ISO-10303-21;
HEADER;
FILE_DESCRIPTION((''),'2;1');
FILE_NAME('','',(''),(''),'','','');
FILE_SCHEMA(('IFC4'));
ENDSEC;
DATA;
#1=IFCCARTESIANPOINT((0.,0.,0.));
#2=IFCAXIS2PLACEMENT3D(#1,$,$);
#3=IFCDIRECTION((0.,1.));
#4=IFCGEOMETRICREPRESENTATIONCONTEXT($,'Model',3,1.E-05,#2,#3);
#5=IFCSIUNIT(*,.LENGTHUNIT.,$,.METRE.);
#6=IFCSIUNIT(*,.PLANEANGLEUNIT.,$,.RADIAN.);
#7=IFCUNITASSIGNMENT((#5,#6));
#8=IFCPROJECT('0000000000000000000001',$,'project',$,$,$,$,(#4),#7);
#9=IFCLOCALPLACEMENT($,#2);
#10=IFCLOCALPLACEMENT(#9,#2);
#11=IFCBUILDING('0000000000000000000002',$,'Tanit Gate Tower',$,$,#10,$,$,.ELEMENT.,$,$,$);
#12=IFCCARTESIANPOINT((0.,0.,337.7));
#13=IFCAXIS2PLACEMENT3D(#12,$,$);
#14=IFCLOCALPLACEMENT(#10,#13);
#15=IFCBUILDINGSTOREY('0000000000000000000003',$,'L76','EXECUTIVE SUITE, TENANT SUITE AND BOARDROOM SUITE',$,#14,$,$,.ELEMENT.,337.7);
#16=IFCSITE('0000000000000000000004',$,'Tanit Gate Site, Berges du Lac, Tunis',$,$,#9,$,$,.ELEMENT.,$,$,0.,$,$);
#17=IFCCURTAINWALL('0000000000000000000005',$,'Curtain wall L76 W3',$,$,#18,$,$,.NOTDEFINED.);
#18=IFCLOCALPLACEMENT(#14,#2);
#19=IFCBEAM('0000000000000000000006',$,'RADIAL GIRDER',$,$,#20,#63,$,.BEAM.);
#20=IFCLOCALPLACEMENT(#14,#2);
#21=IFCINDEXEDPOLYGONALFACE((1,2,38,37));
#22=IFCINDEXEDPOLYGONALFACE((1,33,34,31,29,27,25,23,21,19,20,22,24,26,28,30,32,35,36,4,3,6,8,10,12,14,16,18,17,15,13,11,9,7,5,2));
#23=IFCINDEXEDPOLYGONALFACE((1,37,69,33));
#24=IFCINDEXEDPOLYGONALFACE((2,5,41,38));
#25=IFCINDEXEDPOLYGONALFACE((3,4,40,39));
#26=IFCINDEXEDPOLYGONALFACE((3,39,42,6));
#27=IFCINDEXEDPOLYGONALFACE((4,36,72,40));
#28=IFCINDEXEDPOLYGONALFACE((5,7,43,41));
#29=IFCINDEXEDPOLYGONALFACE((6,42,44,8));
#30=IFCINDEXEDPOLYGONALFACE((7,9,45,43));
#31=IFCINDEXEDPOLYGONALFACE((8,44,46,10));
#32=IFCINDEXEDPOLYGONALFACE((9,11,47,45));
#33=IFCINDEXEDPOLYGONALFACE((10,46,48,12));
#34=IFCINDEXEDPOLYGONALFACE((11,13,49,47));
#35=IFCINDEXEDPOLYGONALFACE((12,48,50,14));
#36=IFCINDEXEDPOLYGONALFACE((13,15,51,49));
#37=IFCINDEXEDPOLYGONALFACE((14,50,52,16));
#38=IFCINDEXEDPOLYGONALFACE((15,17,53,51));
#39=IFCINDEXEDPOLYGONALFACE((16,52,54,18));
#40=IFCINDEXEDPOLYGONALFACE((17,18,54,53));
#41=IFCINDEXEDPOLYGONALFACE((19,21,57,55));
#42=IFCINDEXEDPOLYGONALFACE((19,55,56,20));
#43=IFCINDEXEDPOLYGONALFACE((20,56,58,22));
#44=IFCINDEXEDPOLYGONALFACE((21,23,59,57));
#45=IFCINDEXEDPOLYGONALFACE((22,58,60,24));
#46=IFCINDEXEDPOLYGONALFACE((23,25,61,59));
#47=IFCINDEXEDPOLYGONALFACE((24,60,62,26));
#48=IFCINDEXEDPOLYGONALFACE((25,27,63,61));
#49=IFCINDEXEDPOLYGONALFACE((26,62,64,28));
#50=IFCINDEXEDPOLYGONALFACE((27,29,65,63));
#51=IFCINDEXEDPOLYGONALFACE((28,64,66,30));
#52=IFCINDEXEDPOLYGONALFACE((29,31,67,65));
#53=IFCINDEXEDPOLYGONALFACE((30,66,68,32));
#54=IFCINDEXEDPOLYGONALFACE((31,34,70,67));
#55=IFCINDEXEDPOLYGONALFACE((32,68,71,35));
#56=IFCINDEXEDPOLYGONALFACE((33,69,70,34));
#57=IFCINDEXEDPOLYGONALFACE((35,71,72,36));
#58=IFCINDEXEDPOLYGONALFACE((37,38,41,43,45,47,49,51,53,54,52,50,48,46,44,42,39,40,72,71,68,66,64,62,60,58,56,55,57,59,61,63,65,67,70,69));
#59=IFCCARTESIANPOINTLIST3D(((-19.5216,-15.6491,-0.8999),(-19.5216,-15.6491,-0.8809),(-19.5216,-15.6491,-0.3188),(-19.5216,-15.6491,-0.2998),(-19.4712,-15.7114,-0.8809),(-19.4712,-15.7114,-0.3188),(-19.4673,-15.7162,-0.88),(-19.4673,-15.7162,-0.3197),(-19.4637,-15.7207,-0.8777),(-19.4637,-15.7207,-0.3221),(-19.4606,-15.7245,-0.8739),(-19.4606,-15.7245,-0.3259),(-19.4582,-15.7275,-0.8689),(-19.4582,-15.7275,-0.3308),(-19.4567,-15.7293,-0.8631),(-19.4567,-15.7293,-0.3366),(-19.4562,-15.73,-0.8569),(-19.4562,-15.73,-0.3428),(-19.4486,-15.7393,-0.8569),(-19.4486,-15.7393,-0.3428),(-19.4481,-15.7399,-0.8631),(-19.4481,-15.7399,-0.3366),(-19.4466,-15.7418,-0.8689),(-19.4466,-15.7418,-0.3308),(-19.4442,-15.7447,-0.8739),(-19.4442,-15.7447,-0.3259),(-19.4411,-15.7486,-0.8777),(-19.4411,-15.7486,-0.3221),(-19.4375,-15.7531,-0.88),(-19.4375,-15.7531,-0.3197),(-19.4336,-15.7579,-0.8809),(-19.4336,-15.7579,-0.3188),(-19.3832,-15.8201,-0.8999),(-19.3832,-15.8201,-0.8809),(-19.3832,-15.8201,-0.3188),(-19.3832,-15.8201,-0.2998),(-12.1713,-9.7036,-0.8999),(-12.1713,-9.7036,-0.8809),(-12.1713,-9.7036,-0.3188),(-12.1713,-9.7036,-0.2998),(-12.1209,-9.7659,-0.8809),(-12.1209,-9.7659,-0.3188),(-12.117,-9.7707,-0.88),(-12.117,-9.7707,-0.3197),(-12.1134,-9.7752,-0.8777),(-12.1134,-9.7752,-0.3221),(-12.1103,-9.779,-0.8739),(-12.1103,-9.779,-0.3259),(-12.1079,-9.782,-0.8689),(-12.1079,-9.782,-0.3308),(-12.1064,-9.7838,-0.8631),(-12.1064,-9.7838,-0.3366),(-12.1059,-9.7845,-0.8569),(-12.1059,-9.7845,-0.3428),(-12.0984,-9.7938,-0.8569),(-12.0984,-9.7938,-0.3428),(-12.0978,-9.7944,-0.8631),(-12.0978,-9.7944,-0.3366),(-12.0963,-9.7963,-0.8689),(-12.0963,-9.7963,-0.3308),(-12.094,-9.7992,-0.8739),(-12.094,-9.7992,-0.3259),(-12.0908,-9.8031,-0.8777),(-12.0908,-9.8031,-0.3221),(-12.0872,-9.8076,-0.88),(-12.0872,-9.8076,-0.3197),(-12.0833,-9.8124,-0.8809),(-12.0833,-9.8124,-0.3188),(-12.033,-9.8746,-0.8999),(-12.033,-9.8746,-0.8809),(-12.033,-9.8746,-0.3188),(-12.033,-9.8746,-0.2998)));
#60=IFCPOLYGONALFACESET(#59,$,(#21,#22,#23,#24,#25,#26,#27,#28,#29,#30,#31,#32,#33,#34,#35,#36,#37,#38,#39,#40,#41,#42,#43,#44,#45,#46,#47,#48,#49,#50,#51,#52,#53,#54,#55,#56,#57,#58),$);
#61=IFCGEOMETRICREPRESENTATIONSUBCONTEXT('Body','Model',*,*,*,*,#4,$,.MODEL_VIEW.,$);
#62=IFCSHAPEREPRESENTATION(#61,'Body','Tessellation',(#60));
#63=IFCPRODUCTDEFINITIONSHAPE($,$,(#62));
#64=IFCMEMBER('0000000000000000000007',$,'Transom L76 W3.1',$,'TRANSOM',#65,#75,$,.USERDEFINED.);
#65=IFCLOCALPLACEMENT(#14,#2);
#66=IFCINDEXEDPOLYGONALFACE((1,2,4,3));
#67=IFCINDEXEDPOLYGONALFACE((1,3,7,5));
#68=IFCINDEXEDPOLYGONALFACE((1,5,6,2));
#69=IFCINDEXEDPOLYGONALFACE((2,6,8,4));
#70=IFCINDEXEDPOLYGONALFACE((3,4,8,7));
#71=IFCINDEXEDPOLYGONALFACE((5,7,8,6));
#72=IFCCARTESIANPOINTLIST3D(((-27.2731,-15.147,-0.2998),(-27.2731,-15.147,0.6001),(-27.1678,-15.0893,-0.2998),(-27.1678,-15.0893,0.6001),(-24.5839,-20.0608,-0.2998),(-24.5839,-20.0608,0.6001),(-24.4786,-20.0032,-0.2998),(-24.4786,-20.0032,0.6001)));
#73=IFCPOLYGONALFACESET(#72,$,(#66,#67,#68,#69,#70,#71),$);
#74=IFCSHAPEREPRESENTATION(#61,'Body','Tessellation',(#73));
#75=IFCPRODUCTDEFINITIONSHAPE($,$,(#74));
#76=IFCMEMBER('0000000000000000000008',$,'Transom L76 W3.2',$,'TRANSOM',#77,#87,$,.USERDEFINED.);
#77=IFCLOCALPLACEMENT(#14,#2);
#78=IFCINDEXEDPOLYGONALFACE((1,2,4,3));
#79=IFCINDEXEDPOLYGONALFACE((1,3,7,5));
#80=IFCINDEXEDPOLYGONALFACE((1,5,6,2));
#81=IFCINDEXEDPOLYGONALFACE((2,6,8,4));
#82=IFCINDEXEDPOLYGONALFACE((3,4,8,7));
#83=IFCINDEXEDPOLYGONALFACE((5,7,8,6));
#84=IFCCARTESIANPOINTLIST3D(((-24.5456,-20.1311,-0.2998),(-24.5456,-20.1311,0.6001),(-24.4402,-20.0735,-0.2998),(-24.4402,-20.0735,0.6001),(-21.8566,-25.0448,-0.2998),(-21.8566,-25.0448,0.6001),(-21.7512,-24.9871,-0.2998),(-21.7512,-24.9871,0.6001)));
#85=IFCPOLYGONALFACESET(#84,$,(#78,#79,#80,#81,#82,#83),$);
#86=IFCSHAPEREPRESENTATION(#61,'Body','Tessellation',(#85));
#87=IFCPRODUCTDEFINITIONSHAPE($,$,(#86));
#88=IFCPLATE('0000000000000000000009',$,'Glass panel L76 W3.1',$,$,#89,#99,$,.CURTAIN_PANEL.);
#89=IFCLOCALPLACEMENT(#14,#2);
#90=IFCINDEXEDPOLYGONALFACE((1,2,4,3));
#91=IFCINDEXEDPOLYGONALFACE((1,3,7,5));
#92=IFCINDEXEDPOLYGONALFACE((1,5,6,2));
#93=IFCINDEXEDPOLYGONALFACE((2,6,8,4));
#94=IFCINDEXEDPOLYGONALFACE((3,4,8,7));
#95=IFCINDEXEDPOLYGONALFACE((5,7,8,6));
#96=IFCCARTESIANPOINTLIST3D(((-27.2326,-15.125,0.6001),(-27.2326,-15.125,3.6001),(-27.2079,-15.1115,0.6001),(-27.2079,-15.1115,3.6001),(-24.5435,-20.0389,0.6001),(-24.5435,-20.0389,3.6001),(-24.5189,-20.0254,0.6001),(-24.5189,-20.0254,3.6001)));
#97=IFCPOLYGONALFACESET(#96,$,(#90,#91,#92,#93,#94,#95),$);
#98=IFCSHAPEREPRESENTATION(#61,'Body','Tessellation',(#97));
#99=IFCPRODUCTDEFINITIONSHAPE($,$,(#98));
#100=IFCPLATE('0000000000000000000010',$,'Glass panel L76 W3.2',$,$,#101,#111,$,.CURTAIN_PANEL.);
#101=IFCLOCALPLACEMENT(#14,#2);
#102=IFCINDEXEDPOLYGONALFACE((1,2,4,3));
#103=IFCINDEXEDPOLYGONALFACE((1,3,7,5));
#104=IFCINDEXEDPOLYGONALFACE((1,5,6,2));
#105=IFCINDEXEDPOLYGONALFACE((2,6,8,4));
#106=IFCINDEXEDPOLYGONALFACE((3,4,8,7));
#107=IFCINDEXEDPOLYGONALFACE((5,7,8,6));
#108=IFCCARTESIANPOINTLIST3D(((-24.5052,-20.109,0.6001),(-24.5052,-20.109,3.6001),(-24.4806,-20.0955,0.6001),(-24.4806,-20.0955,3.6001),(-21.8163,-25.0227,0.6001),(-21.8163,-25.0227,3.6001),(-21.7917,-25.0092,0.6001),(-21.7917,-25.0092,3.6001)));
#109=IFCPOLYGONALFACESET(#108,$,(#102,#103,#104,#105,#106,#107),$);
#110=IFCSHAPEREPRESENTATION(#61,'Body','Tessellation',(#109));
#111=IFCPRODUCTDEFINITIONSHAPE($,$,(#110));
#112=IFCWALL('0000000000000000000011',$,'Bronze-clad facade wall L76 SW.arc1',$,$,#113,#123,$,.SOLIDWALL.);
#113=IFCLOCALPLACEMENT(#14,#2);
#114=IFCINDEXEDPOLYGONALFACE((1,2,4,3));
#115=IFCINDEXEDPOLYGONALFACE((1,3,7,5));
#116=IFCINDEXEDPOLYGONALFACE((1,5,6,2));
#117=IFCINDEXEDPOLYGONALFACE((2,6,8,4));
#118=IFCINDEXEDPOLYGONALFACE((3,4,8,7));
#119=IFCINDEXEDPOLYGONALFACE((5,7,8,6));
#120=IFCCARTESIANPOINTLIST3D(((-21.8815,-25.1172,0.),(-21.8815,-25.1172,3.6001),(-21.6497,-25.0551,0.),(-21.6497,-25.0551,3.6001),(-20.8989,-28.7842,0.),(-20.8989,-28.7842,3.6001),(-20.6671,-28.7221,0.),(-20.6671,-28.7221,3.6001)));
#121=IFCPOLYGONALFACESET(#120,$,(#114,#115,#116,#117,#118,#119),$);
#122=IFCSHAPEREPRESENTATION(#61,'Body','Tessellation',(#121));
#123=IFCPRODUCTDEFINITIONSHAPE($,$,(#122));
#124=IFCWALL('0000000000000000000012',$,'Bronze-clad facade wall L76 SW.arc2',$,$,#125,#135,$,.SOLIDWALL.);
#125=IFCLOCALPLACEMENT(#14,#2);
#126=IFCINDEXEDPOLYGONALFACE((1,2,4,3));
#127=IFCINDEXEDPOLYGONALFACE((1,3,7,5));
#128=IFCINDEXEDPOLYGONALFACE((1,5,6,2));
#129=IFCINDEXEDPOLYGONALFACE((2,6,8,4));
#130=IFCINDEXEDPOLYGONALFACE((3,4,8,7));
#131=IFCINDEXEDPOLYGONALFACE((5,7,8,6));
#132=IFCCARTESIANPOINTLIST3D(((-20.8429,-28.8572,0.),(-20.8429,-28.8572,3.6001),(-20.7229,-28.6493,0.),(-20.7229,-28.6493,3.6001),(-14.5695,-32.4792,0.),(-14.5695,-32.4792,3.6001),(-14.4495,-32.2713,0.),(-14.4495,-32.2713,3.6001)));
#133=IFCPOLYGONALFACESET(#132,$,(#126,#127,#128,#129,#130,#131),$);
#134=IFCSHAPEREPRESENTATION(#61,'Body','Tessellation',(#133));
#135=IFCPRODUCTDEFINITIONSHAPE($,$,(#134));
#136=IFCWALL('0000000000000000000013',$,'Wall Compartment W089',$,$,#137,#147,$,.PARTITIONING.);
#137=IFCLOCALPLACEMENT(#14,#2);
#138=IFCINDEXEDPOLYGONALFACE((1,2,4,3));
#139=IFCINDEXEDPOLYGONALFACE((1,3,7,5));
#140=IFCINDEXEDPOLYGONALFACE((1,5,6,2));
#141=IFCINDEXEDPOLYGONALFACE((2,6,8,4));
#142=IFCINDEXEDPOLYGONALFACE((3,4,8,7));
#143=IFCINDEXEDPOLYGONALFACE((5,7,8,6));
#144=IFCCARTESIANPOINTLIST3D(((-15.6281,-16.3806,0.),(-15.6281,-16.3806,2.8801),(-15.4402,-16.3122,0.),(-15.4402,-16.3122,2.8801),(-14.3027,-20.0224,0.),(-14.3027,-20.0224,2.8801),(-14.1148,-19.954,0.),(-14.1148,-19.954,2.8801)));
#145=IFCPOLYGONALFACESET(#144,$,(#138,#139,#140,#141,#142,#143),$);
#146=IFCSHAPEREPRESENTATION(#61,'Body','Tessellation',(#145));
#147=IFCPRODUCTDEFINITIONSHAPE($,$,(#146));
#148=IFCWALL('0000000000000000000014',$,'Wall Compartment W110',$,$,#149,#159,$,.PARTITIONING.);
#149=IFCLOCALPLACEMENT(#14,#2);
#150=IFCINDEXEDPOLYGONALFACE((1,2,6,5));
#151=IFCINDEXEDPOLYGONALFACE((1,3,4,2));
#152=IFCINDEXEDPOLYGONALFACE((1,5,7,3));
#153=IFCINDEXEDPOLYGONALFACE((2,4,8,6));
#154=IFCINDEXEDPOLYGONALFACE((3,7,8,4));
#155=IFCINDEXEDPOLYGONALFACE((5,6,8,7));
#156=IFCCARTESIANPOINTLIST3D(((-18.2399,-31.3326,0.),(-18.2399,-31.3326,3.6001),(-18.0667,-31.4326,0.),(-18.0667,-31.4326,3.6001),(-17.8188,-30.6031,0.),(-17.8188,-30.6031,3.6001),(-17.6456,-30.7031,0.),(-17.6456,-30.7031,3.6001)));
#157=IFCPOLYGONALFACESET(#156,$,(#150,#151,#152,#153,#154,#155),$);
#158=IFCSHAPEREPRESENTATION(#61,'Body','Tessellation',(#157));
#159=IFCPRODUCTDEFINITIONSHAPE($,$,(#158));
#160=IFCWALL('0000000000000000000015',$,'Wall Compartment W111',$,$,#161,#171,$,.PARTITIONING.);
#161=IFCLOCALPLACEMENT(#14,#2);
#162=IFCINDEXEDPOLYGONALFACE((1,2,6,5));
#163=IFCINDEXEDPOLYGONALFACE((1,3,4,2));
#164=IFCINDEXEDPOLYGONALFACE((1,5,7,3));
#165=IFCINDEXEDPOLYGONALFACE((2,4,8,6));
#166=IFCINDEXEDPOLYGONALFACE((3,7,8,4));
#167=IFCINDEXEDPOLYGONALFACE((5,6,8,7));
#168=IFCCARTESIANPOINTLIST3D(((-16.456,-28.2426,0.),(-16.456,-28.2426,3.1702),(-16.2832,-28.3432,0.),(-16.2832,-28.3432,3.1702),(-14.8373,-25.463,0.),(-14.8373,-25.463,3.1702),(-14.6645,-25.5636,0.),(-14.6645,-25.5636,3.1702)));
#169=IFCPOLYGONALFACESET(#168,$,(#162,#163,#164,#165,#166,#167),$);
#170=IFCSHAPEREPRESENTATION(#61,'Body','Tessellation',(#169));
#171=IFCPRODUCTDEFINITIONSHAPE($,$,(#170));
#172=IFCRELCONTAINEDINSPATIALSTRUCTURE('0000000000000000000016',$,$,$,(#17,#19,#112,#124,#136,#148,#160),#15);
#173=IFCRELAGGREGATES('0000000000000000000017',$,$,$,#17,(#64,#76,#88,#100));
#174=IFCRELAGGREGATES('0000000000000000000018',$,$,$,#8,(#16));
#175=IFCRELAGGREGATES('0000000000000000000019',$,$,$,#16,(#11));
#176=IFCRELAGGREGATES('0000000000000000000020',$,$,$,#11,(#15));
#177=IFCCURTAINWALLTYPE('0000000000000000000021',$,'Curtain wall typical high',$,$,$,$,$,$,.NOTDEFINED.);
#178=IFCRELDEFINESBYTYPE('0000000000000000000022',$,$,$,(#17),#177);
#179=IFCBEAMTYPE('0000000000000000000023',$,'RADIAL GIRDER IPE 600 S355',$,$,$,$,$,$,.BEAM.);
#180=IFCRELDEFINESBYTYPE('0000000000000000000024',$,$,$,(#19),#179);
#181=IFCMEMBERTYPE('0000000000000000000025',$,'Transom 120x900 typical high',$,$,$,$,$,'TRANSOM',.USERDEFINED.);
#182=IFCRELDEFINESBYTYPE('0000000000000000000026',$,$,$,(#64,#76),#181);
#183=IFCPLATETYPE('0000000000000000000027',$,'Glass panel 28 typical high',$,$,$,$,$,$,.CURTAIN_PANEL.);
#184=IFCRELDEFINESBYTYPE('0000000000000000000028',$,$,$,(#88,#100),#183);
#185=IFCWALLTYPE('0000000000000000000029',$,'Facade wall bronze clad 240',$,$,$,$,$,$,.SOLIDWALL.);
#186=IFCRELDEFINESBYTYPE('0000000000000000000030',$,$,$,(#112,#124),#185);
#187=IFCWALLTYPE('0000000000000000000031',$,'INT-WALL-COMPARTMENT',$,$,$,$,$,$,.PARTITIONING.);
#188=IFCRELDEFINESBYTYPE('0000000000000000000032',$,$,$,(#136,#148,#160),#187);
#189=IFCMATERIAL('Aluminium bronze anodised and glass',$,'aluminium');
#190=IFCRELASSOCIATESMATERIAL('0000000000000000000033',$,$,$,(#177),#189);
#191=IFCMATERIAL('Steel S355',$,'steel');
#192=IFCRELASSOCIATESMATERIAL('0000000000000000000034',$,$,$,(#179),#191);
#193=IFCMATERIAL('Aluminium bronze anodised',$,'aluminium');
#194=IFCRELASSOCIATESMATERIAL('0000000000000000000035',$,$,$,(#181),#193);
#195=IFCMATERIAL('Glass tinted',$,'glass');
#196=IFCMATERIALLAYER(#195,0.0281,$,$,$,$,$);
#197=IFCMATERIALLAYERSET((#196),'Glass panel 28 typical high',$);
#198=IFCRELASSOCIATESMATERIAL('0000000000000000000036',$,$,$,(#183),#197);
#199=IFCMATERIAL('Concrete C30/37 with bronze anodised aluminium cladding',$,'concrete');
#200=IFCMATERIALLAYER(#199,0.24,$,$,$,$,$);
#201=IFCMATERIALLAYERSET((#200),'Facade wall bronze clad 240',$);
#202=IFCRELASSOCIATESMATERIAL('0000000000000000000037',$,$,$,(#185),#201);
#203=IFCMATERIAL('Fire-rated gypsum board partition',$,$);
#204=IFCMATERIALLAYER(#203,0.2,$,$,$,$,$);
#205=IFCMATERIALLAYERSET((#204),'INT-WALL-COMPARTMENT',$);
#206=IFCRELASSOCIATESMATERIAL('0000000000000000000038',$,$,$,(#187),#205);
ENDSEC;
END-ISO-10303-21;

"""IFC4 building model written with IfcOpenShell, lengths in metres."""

from ifc_helpers import new_model, si_unit, direction, frame, frame_2d, origin, origin_2d, place, context, subcontext, project, spatial, rectangle, i_section, extrude, material, layer, layer_set, material_profile, profile_set, type_object, element, aggregate, save


model = new_model("IFC4")

# Units and contexts
model_context = context("Model", 3, precision=1e-05, world=origin(), true_north=direction((0.0, 1.0)))
body_context = subcontext(model_context, "Body", "Model", "MODEL_VIEW")
ifc_project = project(units=[si_unit("LENGTHUNIT", "METRE"), si_unit("PLANEANGLEUNIT", "RADIAN")], contexts=[model_context])

# Site, building, storey
site_placement = place(None, origin())
site = spatial("IfcSite", under=ifc_project, at=site_placement, Name="Tanit Gate Site, Berges du Lac, Tunis", CompositionType="ELEMENT", RefElevation=0.0)
building_placement = place(site_placement, origin())
building = spatial("IfcBuilding", under=site, at=building_placement, Name="Tanit Gate Tower", CompositionType="ELEMENT")
storey_placement = place(building_placement, frame((0.0, 0.0, 337.7)))
storey = spatial("IfcBuildingStorey", under=building, at=storey_placement, Name="L76", Description="EXECUTIVE SUITE, TENANT SUITE AND BOARDROOM SUITE", CompositionType="ELEMENT", Elevation=337.7)

# Curtain wall
ifc_material_1 = material(Name="Aluminium bronze anodised and glass", Category="aluminium")
curtain_wall_type = type_object("IfcCurtainWallType", Name="Curtain wall typical high", PredefinedType="NOTDEFINED", material=ifc_material_1)
curtain_wall_placement = place(storey_placement, origin())
curtain_wall = element("IfcCurtainWall", 1, at=curtain_wall_placement, inside=storey, type_object=curtain_wall_type, Name="Curtain wall L76 W3", PredefinedType="NOTDEFINED")

# Beam
ifc_material_2 = material(Name="Steel S355", Category="steel")
ifc_material_profile_1 = material_profile(ifc_material_2, i_section(OverallWidth=0.22, OverallDepth=0.6001, WebThickness=0.012, FlangeThickness=0.019, FilletRadius=0.0239, at=origin_2d()), Name="IPE 600")
ifc_profile_set_1 = profile_set([ifc_material_profile_1], Name="Steel S355")
beam_type_1 = type_object("IfcBeamType", Name="RADIAL GIRDER IPE 600 S355", PredefinedType="BEAM", material=ifc_profile_set_1)
beam_1_placement = place(storey_placement, frame((-19.4524, -15.7346, -0.5999), z_axis=(0.777489, 0.628897, 0.0), x_axis=(-0.628897, 0.777489, 0.0)))
element("IfcBeam", 2, at=beam_1_placement, inside=storey, type_object=beam_type_1, Name="RADIAL GIRDER", PredefinedType="BEAM", context=body_context, shape_type="SweptSolid", body=[
    extrude(i_section(OverallWidth=0.22, OverallDepth=0.6001, WebThickness=0.012, FlangeThickness=0.019, FilletRadius=0.0239, at=origin_2d()), origin(), (0.0, 0.0, 1.0), 9.4539),
])

# Members
ifc_material_3 = material(Name="Aluminium bronze anodised", Category="aluminium")
ifc_material_profile_2 = material_profile(ifc_material_3, rectangle(XDim=0.1201, YDim=0.8999, at=origin_2d()), Name="120x900 bronze transom")
ifc_profile_set_2 = profile_set([ifc_material_profile_2], Name="Aluminium bronze anodised")
member_type_1 = type_object("IfcMemberType", Name="Transom 120x900 typical high", ElementType="TRANSOM", PredefinedType="USERDEFINED", material=ifc_profile_set_2)
member_1_placement = place(storey_placement, frame((-27.2205, -15.1182, 0.1501), z_axis=(0.480082, -0.877223, 0.0), x_axis=(0.877223, 0.480082, 0.0)))
member_1 = element("IfcMember", 3, at=member_1_placement, type_object=member_type_1, Name="Transom L76 W3.1", ObjectType="TRANSOM", PredefinedType="USERDEFINED", context=body_context, shape_type="SweptSolid", body=[
    extrude(rectangle(XDim=0.1201, YDim=0.8999, at=origin_2d()), origin(), (0.0, 0.0, 1.0), 5.6016),
])
member_2_placement = place(storey_placement, frame((-24.4929, -20.1023, 0.1501), z_axis=(0.480067, -0.877232, 0.0), x_axis=(0.877232, 0.480067, 0.0)))
member_2 = element("IfcMember", 4, at=member_2_placement, type_object=member_type_1, Name="Transom L76 W3.2", ObjectType="TRANSOM", PredefinedType="USERDEFINED", context=body_context, shape_type="SweptSolid", body=[
    extrude(rectangle(XDim=0.1201, YDim=0.8999, at=origin_2d()), origin(), (0.0, 0.0, 1.0), 5.6013),
])

# Plates
ifc_material_4 = material(Name="Glass tinted", Category="glass")
ifc_layer_1 = layer(ifc_material_4, 0.0281)
ifc_layer_set_1 = layer_set([ifc_layer_1], Name="Glass panel 28 typical high")
plate_type = type_object("IfcPlateType", Name="Glass panel 28 typical high", PredefinedType="CURTAIN_PANEL", material=ifc_layer_set_1)
plate_1_placement = place(storey_placement, frame((-25.8757, -17.5752, 0.6001), z_axis=(0.0, 0.0, 1.0), x_axis=(0.480055, -0.877239, 0.0)))
plate_1 = element("IfcPlate", 5, at=plate_1_placement, type_object=plate_type, Name="Glass panel L76 W3.1", PredefinedType="CURTAIN_PANEL", context=body_context, shape_type="SweptSolid", body=[
    extrude(rectangle(XDim=5.6016, YDim=0.0281, at=origin_2d()), origin(), (0.0, 0.0, 1.0), 3.0),
])
plate_2_placement = place(storey_placement, frame((-23.1484, -22.5591, 0.6001), z_axis=(0.0, 0.0, 1.0), x_axis=(0.480055, -0.877239, 0.0)))
plate_2 = element("IfcPlate", 6, at=plate_2_placement, type_object=plate_type, Name="Glass panel L76 W3.2", PredefinedType="CURTAIN_PANEL", context=body_context, shape_type="SweptSolid", body=[
    extrude(rectangle(XDim=5.6013, YDim=0.0281, at=origin_2d()), origin(), (0.0, 0.0, 1.0), 3.0),
])
aggregate(curtain_wall, [member_1, member_2, plate_1, plate_2])

# Walls
ifc_material_5 = material(Name="Concrete C30/37 with bronze anodised aluminium cladding", Category="concrete")
ifc_layer_2 = layer(ifc_material_5, 0.24)
ifc_layer_set_2 = layer_set([ifc_layer_2], Name="Facade wall bronze clad 240")
wall_type_1 = type_object("IfcWallType", Name="Facade wall bronze clad 240", PredefinedType="SOLIDWALL", material=ifc_layer_set_2)
wall_1_placement = place(storey_placement, frame((-21.7656, -25.0862, 0.0), z_axis=(0.0, 0.0, 1.0), x_axis=(0.258843, -0.965919, 0.0)))
element("IfcWall", 7, at=wall_1_placement, inside=storey, type_object=wall_type_1, Name="Bronze-clad facade wall L76 SW.arc1", PredefinedType="SOLIDWALL", context=body_context, shape_type="SweptSolid", body=[
    extrude(rectangle(XDim=3.7964, YDim=0.24, at=frame_2d((1.8982, 0.0))), origin(), (0.0, 0.0, 1.0), 3.6001),
])
wall_2_placement = place(storey_placement, frame((-20.783, -28.7532, 0.0), z_axis=(0.0, 0.0, 1.0), x_axis=(0.866019, -0.50001, 0.0)))
element("IfcWall", 8, at=wall_2_placement, inside=storey, type_object=wall_type_1, Name="Bronze-clad facade wall L76 SW.arc2", PredefinedType="SOLIDWALL", context=body_context, shape_type="SweptSolid", body=[
    extrude(rectangle(XDim=7.2439, YDim=0.24, at=frame_2d((3.6221, 0.0))), origin(), (0.0, 0.0, 1.0), 3.6001),
])
ifc_material_6 = material(Name="Fire-rated gypsum board partition")
ifc_layer_3 = layer(ifc_material_6, 0.2)
ifc_layer_set_3 = layer_set([ifc_layer_3], Name="INT-WALL-COMPARTMENT")
wall_type_2 = type_object("IfcWallType", Name="INT-WALL-COMPARTMENT", PredefinedType="PARTITIONING", material=ifc_layer_set_3)
wall_3_placement = place(storey_placement, frame((-15.5342, -16.3464, 0.0), z_axis=(0.0, 0.0, 1.0), x_axis=(0.342001, -0.9397, 0.0)))
element("IfcWall", 9, at=wall_3_placement, inside=storey, type_object=wall_type_2, Name="Wall Compartment W089", PredefinedType="PARTITIONING", context=body_context, shape_type="SweptSolid", body=[
    extrude(rectangle(XDim=3.8755, YDim=0.2, at=frame_2d((1.9377, 0.0))), origin(), (0.0, 0.0, 1.0), 2.8801),
])
wall_4_placement = place(storey_placement, frame((-18.1533, -31.3826, 0.0), z_axis=(0.0, 0.0, 1.0), x_axis=(0.499973, 0.866041, 0.0)))
element("IfcWall", 10, at=wall_4_placement, inside=storey, type_object=wall_type_2, Name="Wall Compartment W110", PredefinedType="PARTITIONING", context=body_context, shape_type="SweptSolid", body=[
    extrude(rectangle(XDim=0.8423, YDim=0.2, at=frame_2d((0.4211, 0.0))), origin(), (0.0, 0.0, 1.0), 3.6001),
])
wall_5_placement = place(storey_placement, frame((-16.3696, -28.293, 0.0), z_axis=(0.0, 0.0, 1.0), x_axis=(0.503234, 0.86415, 0.0)))
element("IfcWall", 11, at=wall_5_placement, inside=storey, type_object=wall_type_2, Name="Wall Compartment W111", PredefinedType="PARTITIONING", context=body_context, shape_type="SweptSolid", body=[
    extrude(rectangle(XDim=3.2166, YDim=0.2, at=frame_2d((1.6084, 0.0))), origin(), (0.0, 0.0, 1.0), 3.1702),
])

save(model, "model.ifc")
